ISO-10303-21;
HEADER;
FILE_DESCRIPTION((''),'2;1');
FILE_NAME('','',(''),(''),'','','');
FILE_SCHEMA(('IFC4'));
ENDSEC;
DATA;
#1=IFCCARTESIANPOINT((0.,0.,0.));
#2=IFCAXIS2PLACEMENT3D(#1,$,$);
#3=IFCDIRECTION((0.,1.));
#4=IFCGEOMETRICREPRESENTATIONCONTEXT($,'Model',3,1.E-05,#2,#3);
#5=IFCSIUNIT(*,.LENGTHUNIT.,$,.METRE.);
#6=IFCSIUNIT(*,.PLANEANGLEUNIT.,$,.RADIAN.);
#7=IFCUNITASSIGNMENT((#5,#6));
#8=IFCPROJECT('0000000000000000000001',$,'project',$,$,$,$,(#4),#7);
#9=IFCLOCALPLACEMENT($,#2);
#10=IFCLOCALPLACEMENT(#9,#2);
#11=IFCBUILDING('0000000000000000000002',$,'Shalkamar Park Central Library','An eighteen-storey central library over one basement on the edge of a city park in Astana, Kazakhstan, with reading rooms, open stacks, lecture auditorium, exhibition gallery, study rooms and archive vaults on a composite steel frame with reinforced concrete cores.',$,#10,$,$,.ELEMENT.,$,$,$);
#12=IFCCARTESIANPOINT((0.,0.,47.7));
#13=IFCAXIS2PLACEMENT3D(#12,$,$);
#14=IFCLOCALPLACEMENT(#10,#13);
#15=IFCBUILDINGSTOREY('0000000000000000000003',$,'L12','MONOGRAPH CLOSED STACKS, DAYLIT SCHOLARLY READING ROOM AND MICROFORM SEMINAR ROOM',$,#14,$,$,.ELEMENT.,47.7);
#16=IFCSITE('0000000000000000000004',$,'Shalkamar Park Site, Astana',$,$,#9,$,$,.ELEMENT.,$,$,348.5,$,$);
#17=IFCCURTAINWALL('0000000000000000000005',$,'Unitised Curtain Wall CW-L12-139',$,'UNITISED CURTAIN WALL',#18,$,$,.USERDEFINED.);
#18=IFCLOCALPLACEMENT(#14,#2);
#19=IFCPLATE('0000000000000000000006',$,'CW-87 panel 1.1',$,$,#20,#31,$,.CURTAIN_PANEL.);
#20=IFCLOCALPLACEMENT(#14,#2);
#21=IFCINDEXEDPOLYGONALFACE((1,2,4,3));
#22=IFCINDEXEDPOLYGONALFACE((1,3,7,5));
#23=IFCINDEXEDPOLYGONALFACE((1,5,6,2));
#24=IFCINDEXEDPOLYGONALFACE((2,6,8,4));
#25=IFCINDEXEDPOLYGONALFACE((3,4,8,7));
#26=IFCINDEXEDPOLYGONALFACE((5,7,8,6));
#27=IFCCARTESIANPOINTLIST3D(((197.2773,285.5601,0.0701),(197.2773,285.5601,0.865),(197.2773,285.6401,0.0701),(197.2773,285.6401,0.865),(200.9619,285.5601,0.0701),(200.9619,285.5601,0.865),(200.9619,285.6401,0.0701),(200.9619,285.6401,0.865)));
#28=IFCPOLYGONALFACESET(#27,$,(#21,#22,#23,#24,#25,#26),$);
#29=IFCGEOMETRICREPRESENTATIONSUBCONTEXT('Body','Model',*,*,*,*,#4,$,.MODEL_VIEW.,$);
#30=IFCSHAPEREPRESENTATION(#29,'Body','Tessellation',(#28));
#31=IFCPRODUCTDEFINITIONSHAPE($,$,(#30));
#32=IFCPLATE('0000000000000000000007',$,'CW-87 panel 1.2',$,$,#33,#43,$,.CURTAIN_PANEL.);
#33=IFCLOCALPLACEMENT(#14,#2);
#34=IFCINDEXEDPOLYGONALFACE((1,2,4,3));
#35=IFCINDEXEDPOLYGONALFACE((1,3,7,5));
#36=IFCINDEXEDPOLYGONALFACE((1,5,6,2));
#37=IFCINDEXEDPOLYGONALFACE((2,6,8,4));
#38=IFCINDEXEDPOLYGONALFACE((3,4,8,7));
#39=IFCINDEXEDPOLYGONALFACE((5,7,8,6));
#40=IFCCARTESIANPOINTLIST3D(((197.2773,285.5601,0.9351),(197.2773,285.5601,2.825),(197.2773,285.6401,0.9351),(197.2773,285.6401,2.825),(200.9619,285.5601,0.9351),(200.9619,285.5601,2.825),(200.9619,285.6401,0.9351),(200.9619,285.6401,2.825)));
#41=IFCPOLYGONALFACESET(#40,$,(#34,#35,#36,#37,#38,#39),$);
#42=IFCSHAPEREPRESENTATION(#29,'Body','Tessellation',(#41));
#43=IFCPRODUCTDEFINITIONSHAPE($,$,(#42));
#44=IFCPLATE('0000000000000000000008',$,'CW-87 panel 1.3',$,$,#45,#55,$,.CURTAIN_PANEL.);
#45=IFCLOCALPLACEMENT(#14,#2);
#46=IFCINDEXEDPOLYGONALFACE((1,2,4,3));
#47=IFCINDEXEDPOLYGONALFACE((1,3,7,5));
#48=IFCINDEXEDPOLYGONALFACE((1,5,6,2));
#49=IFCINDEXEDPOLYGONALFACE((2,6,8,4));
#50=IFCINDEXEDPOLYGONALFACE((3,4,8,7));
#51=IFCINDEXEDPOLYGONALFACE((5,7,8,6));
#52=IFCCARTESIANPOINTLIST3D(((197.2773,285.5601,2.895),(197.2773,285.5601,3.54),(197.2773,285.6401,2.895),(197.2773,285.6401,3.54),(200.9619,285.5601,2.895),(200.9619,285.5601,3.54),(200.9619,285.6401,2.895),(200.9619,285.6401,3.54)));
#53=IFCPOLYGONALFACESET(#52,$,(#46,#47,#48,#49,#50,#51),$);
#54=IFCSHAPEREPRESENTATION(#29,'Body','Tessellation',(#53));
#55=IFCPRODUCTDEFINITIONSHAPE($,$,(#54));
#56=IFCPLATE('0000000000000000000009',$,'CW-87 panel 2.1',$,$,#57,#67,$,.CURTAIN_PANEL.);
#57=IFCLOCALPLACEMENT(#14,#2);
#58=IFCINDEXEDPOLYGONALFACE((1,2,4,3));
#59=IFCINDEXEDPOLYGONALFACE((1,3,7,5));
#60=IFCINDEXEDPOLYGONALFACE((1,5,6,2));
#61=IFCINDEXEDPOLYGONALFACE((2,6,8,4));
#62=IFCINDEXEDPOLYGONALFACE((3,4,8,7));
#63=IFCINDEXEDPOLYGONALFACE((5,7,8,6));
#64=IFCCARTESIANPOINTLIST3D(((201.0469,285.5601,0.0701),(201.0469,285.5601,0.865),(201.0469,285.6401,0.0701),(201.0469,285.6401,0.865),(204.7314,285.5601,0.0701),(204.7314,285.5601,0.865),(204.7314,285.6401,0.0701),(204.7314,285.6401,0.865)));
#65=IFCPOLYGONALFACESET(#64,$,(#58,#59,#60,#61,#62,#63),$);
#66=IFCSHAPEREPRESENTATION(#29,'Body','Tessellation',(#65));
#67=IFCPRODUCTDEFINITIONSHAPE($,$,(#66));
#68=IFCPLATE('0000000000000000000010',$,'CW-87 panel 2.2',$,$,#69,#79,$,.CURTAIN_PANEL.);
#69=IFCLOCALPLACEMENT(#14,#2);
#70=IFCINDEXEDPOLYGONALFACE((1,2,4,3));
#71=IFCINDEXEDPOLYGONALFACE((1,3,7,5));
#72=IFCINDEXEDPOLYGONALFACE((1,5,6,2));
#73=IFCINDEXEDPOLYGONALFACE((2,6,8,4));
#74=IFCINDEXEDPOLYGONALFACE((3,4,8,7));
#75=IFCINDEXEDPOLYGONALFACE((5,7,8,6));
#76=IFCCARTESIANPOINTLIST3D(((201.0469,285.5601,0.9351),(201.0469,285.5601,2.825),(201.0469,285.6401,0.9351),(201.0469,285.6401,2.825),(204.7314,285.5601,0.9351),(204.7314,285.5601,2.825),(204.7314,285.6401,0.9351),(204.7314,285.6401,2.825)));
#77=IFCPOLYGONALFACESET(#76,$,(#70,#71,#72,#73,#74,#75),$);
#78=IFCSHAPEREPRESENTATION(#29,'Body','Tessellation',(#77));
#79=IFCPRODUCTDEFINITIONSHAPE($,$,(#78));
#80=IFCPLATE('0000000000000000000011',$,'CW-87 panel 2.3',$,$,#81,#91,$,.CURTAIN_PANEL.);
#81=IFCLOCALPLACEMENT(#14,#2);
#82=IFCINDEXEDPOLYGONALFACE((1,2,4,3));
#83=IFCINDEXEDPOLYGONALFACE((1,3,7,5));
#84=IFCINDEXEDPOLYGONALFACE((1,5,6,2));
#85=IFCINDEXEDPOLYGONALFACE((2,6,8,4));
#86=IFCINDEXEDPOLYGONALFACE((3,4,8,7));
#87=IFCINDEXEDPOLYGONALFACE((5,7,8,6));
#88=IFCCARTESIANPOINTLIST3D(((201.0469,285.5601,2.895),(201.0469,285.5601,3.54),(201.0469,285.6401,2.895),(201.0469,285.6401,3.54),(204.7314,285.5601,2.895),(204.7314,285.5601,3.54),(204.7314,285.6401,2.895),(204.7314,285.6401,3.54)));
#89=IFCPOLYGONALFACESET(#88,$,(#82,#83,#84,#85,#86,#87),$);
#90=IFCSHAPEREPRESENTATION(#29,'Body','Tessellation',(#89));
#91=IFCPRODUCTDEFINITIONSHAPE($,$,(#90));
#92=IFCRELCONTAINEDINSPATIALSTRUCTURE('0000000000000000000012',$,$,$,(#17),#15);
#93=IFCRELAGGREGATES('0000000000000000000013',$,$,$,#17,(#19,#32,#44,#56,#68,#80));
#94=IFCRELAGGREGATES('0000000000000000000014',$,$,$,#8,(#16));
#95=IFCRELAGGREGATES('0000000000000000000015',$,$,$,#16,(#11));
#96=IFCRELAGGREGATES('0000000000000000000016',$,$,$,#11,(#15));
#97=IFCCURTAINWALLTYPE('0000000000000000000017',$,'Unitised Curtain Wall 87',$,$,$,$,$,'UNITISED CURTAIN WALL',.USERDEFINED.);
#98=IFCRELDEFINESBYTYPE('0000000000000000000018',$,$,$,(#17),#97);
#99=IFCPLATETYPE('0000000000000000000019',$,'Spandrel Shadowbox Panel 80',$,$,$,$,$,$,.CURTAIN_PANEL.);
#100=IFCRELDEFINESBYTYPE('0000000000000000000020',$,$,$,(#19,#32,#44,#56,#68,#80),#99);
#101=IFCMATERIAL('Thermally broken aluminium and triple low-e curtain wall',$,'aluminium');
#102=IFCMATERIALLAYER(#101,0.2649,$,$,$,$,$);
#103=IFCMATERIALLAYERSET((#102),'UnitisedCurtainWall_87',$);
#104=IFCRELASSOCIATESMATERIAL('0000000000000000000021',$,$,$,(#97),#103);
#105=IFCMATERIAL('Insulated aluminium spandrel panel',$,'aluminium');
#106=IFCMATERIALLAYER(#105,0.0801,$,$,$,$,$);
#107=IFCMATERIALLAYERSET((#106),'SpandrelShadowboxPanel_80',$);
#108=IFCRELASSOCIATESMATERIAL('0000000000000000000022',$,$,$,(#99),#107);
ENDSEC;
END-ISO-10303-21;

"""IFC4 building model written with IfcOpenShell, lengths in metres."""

from ifc_helpers import new_model, si_unit, direction, frame, origin, origin_2d, place, context, subcontext, project, spatial, rectangle, extrude, material, layer, layer_set, type_object, element, aggregate, save


model = new_model("IFC4")

# Units and contexts
model_context = context("Model", 3, precision=1e-05, world=origin(), true_north=direction((0.0, 1.0)))
body_context = subcontext(model_context, "Body", "Model", "MODEL_VIEW")
ifc_project = project(units=[si_unit("LENGTHUNIT", "METRE"), si_unit("PLANEANGLEUNIT", "RADIAN")], contexts=[model_context])

# Site, building, storey
site_placement = place(None, origin())
site = spatial("IfcSite", under=ifc_project, at=site_placement, Name="Shalkamar Park Site, Astana", CompositionType="ELEMENT", RefElevation=348.5)
building_placement = place(site_placement, origin())
building = spatial("IfcBuilding", under=site, at=building_placement, Name="Shalkamar Park Central Library", Description="An eighteen-storey central library over one basement on the edge of a city park in Astana, Kazakhstan, with reading rooms, open stacks, lecture auditorium, exhibition gallery, study rooms and archive vaults on a composite steel frame with reinforced concrete cores.", CompositionType="ELEMENT")
storey_placement = place(building_placement, frame((0.0, 0.0, 47.7)))
storey = spatial("IfcBuildingStorey", under=building, at=storey_placement, Name="L12", Description="MONOGRAPH CLOSED STACKS, DAYLIT SCHOLARLY READING ROOM AND MICROFORM SEMINAR ROOM", CompositionType="ELEMENT", Elevation=47.7)

# Curtain wall
ifc_material_1 = material(Name="Thermally broken aluminium and triple low-e curtain wall", Category="aluminium")
ifc_layer_1 = layer(ifc_material_1, 0.2649)
ifc_layer_set_1 = layer_set([ifc_layer_1], Name="UnitisedCurtainWall_87")
curtain_wall_type_1 = type_object("IfcCurtainWallType", Name="Unitised Curtain Wall 87", ElementType="UNITISED CURTAIN WALL", PredefinedType="USERDEFINED", material=ifc_layer_set_1)
curtain_wall_1_placement = place(storey_placement, origin())
curtain_wall_1 = element("IfcCurtainWall", 1, at=curtain_wall_1_placement, inside=storey, type_object=curtain_wall_type_1, Name="Unitised Curtain Wall CW-L12-139", ObjectType="UNITISED CURTAIN WALL", PredefinedType="USERDEFINED")

# Plates
ifc_material_2 = material(Name="Insulated aluminium spandrel panel", Category="aluminium")
ifc_layer_2 = layer(ifc_material_2, 0.0801)
ifc_layer_set_2 = layer_set([ifc_layer_2], Name="SpandrelShadowboxPanel_80")
plate_type = type_object("IfcPlateType", Name="Spandrel Shadowbox Panel 80", PredefinedType="CURTAIN_PANEL", material=ifc_layer_set_2)
plate_1_placement = place(storey_placement, frame((199.1196, 285.6001, 0.0701), z_axis=(0.0, 0.0, 1.0), x_axis=(1.0, 0.0, 0.0)))
plate_1 = element("IfcPlate", 2, at=plate_1_placement, type_object=plate_type, Name="CW-87 panel 1.1", PredefinedType="CURTAIN_PANEL", context=body_context, shape_type="SweptSolid", body=[
    extrude(rectangle(XDim=3.6846, YDim=0.0801, at=origin_2d()), origin(), (0.0, 0.0, 1.0), 0.7949),
])
plate_2_placement = place(storey_placement, frame((199.1196, 285.6001, 0.9351), z_axis=(0.0, 0.0, 1.0), x_axis=(1.0, 0.0, 0.0)))
plate_2 = element("IfcPlate", 3, at=plate_2_placement, type_object=plate_type, Name="CW-87 panel 1.2", PredefinedType="CURTAIN_PANEL", context=body_context, shape_type="SweptSolid", body=[
    extrude(rectangle(XDim=3.6846, YDim=0.0801, at=origin_2d()), origin(), (0.0, 0.0, 1.0), 1.8899),
])
plate_3_placement = place(storey_placement, frame((199.1196, 285.6001, 2.895), z_axis=(0.0, 0.0, 1.0), x_axis=(1.0, 0.0, 0.0)))
plate_3 = element("IfcPlate", 4, at=plate_3_placement, type_object=plate_type, Name="CW-87 panel 1.3", PredefinedType="CURTAIN_PANEL", context=body_context, shape_type="SweptSolid", body=[
    extrude(rectangle(XDim=3.6846, YDim=0.0801, at=origin_2d()), origin(), (0.0, 0.0, 1.0), 0.645),
])
plate_4_placement = place(storey_placement, frame((202.8892, 285.6001, 0.0701), z_axis=(0.0, 0.0, 1.0), x_axis=(1.0, 0.0, 0.0)))
plate_4 = element("IfcPlate", 5, at=plate_4_placement, type_object=plate_type, Name="CW-87 panel 2.1", PredefinedType="CURTAIN_PANEL", context=body_context, shape_type="SweptSolid", body=[
    extrude(rectangle(XDim=3.6846, YDim=0.0801, at=origin_2d()), origin(), (0.0, 0.0, 1.0), 0.7949),
])
plate_5_placement = place(storey_placement, frame((202.8892, 285.6001, 0.9351), z_axis=(0.0, 0.0, 1.0), x_axis=(1.0, 0.0, 0.0)))
plate_5 = element("IfcPlate", 6, at=plate_5_placement, type_object=plate_type, Name="CW-87 panel 2.2", PredefinedType="CURTAIN_PANEL", context=body_context, shape_type="SweptSolid", body=[
    extrude(rectangle(XDim=3.6846, YDim=0.0801, at=origin_2d()), origin(), (0.0, 0.0, 1.0), 1.8899),
])
plate_6_placement = place(storey_placement, frame((202.8892, 285.6001, 2.895), z_axis=(0.0, 0.0, 1.0), x_axis=(1.0, 0.0, 0.0)))
plate_6 = element("IfcPlate", 7, at=plate_6_placement, type_object=plate_type, Name="CW-87 panel 2.3", PredefinedType="CURTAIN_PANEL", context=body_context, shape_type="SweptSolid", body=[
    extrude(rectangle(XDim=3.6846, YDim=0.0801, at=origin_2d()), origin(), (0.0, 0.0, 1.0), 0.645),
])
aggregate(curtain_wall_1, [plate_1, plate_2, plate_3, plate_4, plate_5, plate_6])

save(model, "model.ifc")
